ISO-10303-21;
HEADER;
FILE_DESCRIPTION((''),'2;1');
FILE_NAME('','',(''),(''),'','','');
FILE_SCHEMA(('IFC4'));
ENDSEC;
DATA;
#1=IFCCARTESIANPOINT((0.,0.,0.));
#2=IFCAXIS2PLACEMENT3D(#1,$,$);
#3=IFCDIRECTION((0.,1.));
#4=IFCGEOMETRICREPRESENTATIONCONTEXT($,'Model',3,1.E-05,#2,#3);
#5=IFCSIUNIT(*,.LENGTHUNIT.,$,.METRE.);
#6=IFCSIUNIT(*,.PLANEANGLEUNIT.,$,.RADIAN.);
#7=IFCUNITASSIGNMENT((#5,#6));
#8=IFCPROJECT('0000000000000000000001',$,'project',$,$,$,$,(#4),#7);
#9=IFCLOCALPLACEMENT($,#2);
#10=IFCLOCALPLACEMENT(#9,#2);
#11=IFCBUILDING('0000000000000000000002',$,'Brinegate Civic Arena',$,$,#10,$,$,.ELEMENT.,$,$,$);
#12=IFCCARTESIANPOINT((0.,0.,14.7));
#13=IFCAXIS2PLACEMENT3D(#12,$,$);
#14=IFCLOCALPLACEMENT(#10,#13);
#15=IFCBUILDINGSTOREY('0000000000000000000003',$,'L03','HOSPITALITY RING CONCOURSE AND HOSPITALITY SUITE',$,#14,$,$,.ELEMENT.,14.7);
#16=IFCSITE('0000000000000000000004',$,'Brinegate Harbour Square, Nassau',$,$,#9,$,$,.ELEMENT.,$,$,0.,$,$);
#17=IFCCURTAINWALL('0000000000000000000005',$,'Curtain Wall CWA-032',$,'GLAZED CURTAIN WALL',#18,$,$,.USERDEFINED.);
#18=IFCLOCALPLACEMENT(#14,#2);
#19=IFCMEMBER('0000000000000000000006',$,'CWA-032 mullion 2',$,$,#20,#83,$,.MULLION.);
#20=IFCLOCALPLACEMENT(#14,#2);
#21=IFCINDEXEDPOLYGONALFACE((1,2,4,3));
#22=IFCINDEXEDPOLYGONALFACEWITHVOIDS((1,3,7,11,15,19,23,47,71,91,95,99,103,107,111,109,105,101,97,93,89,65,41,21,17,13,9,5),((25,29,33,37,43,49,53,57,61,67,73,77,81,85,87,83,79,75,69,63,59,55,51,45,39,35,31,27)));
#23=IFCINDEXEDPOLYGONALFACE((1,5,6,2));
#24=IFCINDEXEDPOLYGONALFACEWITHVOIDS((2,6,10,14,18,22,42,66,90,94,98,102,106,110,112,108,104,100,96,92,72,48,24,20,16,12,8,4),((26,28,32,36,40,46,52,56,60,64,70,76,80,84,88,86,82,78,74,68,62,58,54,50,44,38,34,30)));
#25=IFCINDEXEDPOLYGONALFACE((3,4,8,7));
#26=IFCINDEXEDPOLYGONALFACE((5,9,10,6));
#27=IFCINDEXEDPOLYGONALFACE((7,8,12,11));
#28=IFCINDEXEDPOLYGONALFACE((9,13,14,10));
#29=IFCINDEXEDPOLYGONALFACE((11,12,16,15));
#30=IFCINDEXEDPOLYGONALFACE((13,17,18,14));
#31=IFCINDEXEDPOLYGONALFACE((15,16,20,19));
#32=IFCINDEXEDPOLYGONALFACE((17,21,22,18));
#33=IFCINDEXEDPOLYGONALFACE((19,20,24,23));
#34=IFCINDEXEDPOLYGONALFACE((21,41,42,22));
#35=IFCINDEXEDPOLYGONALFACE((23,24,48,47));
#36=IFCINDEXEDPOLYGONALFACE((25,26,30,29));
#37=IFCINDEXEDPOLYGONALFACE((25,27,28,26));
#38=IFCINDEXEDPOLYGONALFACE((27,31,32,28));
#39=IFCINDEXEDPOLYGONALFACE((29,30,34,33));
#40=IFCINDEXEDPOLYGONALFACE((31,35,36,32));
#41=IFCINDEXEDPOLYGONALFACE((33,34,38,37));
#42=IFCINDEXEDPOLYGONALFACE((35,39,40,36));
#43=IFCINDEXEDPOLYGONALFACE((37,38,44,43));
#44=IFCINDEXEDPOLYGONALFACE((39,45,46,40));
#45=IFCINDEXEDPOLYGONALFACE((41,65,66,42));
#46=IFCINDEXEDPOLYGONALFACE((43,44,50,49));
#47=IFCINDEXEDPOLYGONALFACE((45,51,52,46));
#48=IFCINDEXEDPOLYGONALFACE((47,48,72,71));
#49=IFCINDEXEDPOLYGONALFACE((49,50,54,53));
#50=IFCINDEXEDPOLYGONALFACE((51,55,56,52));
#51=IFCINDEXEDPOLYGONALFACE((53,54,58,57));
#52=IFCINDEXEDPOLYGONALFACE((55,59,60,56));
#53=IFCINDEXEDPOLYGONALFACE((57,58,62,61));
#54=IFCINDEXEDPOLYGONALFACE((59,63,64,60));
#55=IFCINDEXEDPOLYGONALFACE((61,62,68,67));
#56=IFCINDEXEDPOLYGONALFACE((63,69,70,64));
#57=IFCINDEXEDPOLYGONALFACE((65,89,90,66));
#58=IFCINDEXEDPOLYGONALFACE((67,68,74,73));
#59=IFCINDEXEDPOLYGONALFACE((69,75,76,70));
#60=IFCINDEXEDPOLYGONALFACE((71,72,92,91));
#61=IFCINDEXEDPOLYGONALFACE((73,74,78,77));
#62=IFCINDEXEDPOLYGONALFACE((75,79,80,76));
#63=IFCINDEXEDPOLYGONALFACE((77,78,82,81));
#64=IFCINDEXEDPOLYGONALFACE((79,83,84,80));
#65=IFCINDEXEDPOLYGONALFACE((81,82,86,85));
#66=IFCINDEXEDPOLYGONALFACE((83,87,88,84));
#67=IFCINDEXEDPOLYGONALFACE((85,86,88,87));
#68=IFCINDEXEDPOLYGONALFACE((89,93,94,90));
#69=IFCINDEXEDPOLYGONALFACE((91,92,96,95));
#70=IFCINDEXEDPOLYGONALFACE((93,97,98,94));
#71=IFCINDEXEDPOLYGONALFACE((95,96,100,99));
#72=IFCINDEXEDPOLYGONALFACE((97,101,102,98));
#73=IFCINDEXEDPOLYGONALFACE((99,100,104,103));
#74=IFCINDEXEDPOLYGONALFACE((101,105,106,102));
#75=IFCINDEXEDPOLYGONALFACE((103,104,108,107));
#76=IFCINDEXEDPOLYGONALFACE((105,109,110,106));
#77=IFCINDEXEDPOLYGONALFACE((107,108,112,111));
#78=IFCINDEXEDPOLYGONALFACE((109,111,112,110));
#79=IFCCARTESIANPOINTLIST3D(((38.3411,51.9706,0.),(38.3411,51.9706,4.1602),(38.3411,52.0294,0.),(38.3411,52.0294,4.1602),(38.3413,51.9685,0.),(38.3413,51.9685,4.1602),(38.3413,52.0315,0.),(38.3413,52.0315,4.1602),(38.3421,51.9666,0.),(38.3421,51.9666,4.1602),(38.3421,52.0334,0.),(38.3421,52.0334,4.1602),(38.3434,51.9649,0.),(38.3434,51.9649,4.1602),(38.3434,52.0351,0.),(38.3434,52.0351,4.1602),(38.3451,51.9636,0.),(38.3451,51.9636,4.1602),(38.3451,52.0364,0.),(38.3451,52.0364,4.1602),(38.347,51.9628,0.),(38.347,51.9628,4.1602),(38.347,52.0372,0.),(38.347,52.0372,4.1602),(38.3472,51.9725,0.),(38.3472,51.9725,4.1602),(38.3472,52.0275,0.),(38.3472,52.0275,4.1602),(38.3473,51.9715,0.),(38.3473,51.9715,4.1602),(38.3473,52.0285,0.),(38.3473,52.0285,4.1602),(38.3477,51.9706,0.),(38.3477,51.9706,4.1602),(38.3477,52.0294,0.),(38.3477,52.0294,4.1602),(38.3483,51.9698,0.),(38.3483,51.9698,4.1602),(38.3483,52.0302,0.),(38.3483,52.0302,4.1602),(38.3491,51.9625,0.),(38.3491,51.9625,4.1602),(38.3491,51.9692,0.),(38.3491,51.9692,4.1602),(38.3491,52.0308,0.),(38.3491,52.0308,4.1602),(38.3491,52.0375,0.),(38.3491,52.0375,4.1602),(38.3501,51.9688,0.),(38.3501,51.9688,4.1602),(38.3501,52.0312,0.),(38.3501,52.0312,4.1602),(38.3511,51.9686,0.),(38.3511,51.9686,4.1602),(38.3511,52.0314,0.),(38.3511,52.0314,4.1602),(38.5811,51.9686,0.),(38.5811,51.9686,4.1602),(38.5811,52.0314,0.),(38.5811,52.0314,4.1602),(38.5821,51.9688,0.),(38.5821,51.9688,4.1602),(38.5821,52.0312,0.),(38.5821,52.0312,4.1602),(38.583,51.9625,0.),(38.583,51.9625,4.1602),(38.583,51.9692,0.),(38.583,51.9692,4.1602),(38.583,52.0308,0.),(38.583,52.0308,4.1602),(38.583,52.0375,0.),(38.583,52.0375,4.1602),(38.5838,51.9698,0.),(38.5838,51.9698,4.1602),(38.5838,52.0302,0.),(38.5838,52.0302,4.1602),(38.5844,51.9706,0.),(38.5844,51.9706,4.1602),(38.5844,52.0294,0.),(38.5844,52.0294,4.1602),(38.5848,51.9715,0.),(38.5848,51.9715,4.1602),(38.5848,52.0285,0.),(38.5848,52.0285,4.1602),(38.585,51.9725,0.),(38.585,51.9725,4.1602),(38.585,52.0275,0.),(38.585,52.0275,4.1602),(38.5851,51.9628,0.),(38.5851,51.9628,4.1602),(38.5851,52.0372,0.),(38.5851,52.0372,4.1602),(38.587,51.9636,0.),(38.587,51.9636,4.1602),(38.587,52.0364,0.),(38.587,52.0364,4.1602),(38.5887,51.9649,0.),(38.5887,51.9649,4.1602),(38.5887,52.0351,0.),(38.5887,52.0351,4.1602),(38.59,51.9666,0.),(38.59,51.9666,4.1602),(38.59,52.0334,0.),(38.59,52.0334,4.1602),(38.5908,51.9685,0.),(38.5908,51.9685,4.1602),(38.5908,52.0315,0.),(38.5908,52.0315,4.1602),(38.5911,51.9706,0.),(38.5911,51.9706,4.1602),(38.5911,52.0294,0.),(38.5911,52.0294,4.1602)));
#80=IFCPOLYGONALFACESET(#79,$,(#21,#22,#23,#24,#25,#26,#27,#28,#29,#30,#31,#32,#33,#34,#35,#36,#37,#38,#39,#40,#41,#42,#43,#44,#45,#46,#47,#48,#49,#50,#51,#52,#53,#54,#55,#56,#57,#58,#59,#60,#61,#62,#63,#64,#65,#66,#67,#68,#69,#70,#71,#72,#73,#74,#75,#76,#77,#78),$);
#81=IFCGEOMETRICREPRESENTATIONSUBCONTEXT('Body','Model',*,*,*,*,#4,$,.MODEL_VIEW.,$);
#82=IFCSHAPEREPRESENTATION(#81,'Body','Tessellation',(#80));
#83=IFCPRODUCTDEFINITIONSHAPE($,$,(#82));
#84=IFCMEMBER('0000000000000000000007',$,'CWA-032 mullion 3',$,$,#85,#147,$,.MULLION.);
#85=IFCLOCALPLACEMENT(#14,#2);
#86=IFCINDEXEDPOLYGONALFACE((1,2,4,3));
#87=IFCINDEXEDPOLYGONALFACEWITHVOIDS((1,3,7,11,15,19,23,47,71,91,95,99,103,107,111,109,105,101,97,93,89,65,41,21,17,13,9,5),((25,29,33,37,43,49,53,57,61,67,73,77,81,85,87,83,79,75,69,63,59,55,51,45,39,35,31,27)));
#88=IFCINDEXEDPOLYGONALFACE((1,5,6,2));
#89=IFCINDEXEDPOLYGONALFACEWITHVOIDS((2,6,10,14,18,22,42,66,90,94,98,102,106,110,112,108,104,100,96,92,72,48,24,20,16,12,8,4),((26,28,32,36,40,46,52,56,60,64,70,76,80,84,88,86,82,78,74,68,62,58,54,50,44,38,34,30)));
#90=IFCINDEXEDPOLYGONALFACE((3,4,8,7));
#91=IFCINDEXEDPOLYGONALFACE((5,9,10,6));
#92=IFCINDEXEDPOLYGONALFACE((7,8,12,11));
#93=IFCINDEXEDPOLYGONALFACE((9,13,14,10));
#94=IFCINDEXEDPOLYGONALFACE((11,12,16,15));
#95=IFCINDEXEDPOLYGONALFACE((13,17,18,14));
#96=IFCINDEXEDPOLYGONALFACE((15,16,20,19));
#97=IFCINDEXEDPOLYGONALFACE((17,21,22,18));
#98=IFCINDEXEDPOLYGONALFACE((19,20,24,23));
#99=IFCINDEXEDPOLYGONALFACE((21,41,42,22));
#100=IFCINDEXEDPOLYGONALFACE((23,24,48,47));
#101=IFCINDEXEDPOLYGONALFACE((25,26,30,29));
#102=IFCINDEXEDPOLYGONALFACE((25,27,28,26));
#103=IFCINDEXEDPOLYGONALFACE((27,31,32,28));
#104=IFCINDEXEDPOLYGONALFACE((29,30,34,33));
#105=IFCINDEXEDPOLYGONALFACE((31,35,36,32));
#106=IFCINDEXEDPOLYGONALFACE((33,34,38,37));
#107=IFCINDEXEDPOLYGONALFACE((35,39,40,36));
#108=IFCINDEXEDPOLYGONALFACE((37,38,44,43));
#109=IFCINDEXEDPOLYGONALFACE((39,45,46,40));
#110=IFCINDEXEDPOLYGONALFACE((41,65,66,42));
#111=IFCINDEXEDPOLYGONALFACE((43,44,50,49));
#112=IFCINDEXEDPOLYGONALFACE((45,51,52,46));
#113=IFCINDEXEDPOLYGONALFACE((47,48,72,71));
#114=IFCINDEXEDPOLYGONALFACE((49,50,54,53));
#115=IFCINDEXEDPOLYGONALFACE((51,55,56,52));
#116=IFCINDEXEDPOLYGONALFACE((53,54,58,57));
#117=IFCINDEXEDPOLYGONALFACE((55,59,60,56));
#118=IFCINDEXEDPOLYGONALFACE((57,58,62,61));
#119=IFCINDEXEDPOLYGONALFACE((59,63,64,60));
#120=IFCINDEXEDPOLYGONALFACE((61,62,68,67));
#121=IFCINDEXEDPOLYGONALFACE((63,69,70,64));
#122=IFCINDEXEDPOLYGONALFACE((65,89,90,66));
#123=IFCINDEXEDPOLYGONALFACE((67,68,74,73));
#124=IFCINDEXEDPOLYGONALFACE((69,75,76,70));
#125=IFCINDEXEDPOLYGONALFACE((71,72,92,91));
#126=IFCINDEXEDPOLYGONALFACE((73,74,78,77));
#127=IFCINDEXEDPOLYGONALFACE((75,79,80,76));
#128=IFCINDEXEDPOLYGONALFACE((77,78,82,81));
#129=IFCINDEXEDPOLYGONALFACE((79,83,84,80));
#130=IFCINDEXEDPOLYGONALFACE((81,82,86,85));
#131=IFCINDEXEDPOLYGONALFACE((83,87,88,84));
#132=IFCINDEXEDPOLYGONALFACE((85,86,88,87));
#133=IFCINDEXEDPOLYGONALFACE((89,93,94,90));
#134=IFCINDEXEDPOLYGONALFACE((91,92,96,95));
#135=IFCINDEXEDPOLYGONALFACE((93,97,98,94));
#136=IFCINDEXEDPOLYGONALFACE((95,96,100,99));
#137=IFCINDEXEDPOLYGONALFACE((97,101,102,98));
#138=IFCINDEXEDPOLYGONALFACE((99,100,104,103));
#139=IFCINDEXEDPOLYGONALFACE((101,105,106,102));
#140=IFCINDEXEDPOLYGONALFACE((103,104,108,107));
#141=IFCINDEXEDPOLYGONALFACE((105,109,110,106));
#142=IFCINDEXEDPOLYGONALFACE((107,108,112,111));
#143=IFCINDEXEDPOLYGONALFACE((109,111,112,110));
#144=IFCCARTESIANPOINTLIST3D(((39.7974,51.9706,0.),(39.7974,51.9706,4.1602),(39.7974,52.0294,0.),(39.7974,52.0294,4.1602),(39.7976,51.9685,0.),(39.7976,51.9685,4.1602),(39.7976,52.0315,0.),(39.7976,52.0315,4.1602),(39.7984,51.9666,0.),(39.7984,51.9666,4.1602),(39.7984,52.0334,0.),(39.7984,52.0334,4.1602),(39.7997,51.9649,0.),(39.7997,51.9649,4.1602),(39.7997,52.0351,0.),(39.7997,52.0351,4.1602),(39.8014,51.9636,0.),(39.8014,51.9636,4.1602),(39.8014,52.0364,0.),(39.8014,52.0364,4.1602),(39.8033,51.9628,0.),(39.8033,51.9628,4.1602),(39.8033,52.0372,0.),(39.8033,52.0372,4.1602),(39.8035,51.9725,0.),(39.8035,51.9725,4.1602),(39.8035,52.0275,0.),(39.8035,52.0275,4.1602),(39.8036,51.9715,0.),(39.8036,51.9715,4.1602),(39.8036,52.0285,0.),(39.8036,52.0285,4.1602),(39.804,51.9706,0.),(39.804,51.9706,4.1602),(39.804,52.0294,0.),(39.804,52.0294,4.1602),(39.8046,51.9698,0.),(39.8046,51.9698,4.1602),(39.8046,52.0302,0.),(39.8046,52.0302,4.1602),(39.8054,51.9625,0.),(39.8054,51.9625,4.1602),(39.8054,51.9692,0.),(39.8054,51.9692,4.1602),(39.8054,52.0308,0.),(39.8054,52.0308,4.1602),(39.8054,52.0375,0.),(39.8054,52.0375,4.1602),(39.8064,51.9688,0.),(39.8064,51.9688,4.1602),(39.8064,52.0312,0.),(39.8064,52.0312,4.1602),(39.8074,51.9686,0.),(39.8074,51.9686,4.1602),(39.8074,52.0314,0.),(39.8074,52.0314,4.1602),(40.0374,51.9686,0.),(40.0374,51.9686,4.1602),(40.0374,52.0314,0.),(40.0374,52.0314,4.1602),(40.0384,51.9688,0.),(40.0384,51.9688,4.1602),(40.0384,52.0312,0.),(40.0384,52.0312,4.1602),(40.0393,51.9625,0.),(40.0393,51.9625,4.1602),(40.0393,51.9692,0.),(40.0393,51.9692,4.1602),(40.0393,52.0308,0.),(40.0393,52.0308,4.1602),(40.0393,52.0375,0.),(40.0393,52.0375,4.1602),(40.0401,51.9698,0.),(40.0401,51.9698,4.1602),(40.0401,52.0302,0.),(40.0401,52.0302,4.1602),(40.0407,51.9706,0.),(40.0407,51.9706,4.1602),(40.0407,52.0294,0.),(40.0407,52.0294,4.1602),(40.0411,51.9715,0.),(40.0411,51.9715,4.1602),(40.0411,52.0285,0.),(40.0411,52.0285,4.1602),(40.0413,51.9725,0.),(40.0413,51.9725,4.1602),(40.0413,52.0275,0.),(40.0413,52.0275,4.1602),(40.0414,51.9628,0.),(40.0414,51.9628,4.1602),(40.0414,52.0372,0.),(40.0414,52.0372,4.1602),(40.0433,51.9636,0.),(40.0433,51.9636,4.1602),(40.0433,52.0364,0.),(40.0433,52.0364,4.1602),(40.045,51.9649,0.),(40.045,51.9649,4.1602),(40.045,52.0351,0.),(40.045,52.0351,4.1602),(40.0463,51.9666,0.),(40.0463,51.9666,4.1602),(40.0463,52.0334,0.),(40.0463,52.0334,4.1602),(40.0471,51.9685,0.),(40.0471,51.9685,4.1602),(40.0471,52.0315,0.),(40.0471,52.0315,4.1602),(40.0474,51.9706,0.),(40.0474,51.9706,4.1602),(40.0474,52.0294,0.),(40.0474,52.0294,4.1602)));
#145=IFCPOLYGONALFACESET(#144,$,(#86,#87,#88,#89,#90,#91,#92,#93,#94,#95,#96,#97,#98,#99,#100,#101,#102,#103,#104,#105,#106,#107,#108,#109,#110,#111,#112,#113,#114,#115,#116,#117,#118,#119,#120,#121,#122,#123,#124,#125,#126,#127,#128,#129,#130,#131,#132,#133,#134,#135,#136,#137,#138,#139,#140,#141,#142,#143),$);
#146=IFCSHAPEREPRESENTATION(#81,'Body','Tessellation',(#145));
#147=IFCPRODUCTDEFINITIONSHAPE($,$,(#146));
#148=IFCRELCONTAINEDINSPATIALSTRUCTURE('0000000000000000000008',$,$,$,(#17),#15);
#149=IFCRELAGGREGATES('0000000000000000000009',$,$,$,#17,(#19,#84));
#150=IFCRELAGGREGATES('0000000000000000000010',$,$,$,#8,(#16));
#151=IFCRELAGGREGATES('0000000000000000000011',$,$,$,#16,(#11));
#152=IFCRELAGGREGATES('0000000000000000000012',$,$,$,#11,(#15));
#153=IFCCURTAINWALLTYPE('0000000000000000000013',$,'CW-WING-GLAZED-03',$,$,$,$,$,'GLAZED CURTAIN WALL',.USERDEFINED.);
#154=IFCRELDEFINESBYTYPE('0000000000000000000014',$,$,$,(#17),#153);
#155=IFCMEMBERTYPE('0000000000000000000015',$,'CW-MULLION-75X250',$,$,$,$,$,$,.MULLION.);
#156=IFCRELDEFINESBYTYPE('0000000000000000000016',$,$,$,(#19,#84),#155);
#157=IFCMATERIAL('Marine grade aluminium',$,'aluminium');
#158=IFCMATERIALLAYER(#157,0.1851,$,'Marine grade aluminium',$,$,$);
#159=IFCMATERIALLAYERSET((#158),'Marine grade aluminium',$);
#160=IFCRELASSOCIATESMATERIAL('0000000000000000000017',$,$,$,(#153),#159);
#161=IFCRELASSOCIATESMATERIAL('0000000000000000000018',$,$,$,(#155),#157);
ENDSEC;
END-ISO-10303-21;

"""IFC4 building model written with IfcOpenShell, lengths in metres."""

from ifc_helpers import new_model, si_unit, direction, frame, origin, origin_2d, place, context, subcontext, project, spatial, hollow_rectangle, extrude, material, layer, layer_set, material_profile, profile_set, type_object, element, aggregate, save


model = new_model("IFC4")

# Units and contexts
model_context = context("Model", 3, precision=1e-05, world=origin(), true_north=direction((0.0, 1.0)))
body_context = subcontext(model_context, "Body", "Model", "MODEL_VIEW")
ifc_project = project(units=[si_unit("LENGTHUNIT", "METRE"), si_unit("PLANEANGLEUNIT", "RADIAN")], contexts=[model_context])

# Site, building, storey
site_placement = place(None, origin())
site = spatial("IfcSite", under=ifc_project, at=site_placement, Name="Brinegate Harbour Square, Nassau", CompositionType="ELEMENT", RefElevation=0.0)
building_placement = place(site_placement, origin())
building = spatial("IfcBuilding", under=site, at=building_placement, Name="Brinegate Civic Arena", CompositionType="ELEMENT")
storey_placement = place(building_placement, frame((0.0, 0.0, 14.7)))
storey = spatial("IfcBuildingStorey", under=building, at=storey_placement, Name="L03", Description="HOSPITALITY RING CONCOURSE AND HOSPITALITY SUITE", CompositionType="ELEMENT", Elevation=14.7)

# Curtain wall, members
ifc_material_1 = material(Name="Marine grade aluminium", Category="aluminium")
ifc_layer_1 = layer(ifc_material_1, 0.1851, Name="Marine grade aluminium")
ifc_layer_set_1 = layer_set([ifc_layer_1], Name="Marine grade aluminium")
curtain_wall_type = type_object("IfcCurtainWallType", Name="CW-WING-GLAZED-03", ElementType="GLAZED CURTAIN WALL", PredefinedType="USERDEFINED", material=ifc_layer_set_1)
curtain_wall_placement = place(storey_placement, origin())
curtain_wall = element("IfcCurtainWall", 1, at=curtain_wall_placement, inside=storey, type_object=curtain_wall_type, Name="Curtain Wall CWA-032", ObjectType="GLAZED CURTAIN WALL", PredefinedType="USERDEFINED")
ifc_material_profile_1 = material_profile(ifc_material_1, hollow_rectangle(XDim=0.075, YDim=0.25, WallThickness=0.0061, InnerFilletRadius=0.0039, OuterFilletRadius=0.0081, at=origin_2d()), Name="MUL75X250")
ifc_profile_set_1 = profile_set([ifc_material_profile_1], Name="Marine grade aluminium")
member_type_1 = type_object("IfcMemberType", Name="CW-MULLION-75X250", PredefinedType="MULLION", material=ifc_profile_set_1)
member_1_placement = place(storey_placement, frame((38.4661, 52.0, 0.0), z_axis=(0.0, 0.0, 1.0), x_axis=(0.0, 1.0, 0.0)))
member_1 = element("IfcMember", 2, at=member_1_placement, type_object=member_type_1, Name="CWA-032 mullion 2", PredefinedType="MULLION", context=body_context, shape_type="SweptSolid", body=[
    extrude(hollow_rectangle(XDim=0.075, YDim=0.25, WallThickness=0.0061, InnerFilletRadius=0.0039, OuterFilletRadius=0.0081, at=origin_2d()), origin(), (0.0, 0.0, 1.0), 4.1602),
])
member_2_placement = place(storey_placement, frame((39.9224, 52.0, 0.0), z_axis=(0.0, 0.0, 1.0), x_axis=(0.0, 1.0, 0.0)))
member_2 = element("IfcMember", 3, at=member_2_placement, type_object=member_type_1, Name="CWA-032 mullion 3", PredefinedType="MULLION", context=body_context, shape_type="SweptSolid", body=[
    extrude(hollow_rectangle(XDim=0.075, YDim=0.25, WallThickness=0.0061, InnerFilletRadius=0.0039, OuterFilletRadius=0.0081, at=origin_2d()), origin(), (0.0, 0.0, 1.0), 4.1602),
])
aggregate(curtain_wall, [member_1, member_2])

save(model, "model.ifc")
